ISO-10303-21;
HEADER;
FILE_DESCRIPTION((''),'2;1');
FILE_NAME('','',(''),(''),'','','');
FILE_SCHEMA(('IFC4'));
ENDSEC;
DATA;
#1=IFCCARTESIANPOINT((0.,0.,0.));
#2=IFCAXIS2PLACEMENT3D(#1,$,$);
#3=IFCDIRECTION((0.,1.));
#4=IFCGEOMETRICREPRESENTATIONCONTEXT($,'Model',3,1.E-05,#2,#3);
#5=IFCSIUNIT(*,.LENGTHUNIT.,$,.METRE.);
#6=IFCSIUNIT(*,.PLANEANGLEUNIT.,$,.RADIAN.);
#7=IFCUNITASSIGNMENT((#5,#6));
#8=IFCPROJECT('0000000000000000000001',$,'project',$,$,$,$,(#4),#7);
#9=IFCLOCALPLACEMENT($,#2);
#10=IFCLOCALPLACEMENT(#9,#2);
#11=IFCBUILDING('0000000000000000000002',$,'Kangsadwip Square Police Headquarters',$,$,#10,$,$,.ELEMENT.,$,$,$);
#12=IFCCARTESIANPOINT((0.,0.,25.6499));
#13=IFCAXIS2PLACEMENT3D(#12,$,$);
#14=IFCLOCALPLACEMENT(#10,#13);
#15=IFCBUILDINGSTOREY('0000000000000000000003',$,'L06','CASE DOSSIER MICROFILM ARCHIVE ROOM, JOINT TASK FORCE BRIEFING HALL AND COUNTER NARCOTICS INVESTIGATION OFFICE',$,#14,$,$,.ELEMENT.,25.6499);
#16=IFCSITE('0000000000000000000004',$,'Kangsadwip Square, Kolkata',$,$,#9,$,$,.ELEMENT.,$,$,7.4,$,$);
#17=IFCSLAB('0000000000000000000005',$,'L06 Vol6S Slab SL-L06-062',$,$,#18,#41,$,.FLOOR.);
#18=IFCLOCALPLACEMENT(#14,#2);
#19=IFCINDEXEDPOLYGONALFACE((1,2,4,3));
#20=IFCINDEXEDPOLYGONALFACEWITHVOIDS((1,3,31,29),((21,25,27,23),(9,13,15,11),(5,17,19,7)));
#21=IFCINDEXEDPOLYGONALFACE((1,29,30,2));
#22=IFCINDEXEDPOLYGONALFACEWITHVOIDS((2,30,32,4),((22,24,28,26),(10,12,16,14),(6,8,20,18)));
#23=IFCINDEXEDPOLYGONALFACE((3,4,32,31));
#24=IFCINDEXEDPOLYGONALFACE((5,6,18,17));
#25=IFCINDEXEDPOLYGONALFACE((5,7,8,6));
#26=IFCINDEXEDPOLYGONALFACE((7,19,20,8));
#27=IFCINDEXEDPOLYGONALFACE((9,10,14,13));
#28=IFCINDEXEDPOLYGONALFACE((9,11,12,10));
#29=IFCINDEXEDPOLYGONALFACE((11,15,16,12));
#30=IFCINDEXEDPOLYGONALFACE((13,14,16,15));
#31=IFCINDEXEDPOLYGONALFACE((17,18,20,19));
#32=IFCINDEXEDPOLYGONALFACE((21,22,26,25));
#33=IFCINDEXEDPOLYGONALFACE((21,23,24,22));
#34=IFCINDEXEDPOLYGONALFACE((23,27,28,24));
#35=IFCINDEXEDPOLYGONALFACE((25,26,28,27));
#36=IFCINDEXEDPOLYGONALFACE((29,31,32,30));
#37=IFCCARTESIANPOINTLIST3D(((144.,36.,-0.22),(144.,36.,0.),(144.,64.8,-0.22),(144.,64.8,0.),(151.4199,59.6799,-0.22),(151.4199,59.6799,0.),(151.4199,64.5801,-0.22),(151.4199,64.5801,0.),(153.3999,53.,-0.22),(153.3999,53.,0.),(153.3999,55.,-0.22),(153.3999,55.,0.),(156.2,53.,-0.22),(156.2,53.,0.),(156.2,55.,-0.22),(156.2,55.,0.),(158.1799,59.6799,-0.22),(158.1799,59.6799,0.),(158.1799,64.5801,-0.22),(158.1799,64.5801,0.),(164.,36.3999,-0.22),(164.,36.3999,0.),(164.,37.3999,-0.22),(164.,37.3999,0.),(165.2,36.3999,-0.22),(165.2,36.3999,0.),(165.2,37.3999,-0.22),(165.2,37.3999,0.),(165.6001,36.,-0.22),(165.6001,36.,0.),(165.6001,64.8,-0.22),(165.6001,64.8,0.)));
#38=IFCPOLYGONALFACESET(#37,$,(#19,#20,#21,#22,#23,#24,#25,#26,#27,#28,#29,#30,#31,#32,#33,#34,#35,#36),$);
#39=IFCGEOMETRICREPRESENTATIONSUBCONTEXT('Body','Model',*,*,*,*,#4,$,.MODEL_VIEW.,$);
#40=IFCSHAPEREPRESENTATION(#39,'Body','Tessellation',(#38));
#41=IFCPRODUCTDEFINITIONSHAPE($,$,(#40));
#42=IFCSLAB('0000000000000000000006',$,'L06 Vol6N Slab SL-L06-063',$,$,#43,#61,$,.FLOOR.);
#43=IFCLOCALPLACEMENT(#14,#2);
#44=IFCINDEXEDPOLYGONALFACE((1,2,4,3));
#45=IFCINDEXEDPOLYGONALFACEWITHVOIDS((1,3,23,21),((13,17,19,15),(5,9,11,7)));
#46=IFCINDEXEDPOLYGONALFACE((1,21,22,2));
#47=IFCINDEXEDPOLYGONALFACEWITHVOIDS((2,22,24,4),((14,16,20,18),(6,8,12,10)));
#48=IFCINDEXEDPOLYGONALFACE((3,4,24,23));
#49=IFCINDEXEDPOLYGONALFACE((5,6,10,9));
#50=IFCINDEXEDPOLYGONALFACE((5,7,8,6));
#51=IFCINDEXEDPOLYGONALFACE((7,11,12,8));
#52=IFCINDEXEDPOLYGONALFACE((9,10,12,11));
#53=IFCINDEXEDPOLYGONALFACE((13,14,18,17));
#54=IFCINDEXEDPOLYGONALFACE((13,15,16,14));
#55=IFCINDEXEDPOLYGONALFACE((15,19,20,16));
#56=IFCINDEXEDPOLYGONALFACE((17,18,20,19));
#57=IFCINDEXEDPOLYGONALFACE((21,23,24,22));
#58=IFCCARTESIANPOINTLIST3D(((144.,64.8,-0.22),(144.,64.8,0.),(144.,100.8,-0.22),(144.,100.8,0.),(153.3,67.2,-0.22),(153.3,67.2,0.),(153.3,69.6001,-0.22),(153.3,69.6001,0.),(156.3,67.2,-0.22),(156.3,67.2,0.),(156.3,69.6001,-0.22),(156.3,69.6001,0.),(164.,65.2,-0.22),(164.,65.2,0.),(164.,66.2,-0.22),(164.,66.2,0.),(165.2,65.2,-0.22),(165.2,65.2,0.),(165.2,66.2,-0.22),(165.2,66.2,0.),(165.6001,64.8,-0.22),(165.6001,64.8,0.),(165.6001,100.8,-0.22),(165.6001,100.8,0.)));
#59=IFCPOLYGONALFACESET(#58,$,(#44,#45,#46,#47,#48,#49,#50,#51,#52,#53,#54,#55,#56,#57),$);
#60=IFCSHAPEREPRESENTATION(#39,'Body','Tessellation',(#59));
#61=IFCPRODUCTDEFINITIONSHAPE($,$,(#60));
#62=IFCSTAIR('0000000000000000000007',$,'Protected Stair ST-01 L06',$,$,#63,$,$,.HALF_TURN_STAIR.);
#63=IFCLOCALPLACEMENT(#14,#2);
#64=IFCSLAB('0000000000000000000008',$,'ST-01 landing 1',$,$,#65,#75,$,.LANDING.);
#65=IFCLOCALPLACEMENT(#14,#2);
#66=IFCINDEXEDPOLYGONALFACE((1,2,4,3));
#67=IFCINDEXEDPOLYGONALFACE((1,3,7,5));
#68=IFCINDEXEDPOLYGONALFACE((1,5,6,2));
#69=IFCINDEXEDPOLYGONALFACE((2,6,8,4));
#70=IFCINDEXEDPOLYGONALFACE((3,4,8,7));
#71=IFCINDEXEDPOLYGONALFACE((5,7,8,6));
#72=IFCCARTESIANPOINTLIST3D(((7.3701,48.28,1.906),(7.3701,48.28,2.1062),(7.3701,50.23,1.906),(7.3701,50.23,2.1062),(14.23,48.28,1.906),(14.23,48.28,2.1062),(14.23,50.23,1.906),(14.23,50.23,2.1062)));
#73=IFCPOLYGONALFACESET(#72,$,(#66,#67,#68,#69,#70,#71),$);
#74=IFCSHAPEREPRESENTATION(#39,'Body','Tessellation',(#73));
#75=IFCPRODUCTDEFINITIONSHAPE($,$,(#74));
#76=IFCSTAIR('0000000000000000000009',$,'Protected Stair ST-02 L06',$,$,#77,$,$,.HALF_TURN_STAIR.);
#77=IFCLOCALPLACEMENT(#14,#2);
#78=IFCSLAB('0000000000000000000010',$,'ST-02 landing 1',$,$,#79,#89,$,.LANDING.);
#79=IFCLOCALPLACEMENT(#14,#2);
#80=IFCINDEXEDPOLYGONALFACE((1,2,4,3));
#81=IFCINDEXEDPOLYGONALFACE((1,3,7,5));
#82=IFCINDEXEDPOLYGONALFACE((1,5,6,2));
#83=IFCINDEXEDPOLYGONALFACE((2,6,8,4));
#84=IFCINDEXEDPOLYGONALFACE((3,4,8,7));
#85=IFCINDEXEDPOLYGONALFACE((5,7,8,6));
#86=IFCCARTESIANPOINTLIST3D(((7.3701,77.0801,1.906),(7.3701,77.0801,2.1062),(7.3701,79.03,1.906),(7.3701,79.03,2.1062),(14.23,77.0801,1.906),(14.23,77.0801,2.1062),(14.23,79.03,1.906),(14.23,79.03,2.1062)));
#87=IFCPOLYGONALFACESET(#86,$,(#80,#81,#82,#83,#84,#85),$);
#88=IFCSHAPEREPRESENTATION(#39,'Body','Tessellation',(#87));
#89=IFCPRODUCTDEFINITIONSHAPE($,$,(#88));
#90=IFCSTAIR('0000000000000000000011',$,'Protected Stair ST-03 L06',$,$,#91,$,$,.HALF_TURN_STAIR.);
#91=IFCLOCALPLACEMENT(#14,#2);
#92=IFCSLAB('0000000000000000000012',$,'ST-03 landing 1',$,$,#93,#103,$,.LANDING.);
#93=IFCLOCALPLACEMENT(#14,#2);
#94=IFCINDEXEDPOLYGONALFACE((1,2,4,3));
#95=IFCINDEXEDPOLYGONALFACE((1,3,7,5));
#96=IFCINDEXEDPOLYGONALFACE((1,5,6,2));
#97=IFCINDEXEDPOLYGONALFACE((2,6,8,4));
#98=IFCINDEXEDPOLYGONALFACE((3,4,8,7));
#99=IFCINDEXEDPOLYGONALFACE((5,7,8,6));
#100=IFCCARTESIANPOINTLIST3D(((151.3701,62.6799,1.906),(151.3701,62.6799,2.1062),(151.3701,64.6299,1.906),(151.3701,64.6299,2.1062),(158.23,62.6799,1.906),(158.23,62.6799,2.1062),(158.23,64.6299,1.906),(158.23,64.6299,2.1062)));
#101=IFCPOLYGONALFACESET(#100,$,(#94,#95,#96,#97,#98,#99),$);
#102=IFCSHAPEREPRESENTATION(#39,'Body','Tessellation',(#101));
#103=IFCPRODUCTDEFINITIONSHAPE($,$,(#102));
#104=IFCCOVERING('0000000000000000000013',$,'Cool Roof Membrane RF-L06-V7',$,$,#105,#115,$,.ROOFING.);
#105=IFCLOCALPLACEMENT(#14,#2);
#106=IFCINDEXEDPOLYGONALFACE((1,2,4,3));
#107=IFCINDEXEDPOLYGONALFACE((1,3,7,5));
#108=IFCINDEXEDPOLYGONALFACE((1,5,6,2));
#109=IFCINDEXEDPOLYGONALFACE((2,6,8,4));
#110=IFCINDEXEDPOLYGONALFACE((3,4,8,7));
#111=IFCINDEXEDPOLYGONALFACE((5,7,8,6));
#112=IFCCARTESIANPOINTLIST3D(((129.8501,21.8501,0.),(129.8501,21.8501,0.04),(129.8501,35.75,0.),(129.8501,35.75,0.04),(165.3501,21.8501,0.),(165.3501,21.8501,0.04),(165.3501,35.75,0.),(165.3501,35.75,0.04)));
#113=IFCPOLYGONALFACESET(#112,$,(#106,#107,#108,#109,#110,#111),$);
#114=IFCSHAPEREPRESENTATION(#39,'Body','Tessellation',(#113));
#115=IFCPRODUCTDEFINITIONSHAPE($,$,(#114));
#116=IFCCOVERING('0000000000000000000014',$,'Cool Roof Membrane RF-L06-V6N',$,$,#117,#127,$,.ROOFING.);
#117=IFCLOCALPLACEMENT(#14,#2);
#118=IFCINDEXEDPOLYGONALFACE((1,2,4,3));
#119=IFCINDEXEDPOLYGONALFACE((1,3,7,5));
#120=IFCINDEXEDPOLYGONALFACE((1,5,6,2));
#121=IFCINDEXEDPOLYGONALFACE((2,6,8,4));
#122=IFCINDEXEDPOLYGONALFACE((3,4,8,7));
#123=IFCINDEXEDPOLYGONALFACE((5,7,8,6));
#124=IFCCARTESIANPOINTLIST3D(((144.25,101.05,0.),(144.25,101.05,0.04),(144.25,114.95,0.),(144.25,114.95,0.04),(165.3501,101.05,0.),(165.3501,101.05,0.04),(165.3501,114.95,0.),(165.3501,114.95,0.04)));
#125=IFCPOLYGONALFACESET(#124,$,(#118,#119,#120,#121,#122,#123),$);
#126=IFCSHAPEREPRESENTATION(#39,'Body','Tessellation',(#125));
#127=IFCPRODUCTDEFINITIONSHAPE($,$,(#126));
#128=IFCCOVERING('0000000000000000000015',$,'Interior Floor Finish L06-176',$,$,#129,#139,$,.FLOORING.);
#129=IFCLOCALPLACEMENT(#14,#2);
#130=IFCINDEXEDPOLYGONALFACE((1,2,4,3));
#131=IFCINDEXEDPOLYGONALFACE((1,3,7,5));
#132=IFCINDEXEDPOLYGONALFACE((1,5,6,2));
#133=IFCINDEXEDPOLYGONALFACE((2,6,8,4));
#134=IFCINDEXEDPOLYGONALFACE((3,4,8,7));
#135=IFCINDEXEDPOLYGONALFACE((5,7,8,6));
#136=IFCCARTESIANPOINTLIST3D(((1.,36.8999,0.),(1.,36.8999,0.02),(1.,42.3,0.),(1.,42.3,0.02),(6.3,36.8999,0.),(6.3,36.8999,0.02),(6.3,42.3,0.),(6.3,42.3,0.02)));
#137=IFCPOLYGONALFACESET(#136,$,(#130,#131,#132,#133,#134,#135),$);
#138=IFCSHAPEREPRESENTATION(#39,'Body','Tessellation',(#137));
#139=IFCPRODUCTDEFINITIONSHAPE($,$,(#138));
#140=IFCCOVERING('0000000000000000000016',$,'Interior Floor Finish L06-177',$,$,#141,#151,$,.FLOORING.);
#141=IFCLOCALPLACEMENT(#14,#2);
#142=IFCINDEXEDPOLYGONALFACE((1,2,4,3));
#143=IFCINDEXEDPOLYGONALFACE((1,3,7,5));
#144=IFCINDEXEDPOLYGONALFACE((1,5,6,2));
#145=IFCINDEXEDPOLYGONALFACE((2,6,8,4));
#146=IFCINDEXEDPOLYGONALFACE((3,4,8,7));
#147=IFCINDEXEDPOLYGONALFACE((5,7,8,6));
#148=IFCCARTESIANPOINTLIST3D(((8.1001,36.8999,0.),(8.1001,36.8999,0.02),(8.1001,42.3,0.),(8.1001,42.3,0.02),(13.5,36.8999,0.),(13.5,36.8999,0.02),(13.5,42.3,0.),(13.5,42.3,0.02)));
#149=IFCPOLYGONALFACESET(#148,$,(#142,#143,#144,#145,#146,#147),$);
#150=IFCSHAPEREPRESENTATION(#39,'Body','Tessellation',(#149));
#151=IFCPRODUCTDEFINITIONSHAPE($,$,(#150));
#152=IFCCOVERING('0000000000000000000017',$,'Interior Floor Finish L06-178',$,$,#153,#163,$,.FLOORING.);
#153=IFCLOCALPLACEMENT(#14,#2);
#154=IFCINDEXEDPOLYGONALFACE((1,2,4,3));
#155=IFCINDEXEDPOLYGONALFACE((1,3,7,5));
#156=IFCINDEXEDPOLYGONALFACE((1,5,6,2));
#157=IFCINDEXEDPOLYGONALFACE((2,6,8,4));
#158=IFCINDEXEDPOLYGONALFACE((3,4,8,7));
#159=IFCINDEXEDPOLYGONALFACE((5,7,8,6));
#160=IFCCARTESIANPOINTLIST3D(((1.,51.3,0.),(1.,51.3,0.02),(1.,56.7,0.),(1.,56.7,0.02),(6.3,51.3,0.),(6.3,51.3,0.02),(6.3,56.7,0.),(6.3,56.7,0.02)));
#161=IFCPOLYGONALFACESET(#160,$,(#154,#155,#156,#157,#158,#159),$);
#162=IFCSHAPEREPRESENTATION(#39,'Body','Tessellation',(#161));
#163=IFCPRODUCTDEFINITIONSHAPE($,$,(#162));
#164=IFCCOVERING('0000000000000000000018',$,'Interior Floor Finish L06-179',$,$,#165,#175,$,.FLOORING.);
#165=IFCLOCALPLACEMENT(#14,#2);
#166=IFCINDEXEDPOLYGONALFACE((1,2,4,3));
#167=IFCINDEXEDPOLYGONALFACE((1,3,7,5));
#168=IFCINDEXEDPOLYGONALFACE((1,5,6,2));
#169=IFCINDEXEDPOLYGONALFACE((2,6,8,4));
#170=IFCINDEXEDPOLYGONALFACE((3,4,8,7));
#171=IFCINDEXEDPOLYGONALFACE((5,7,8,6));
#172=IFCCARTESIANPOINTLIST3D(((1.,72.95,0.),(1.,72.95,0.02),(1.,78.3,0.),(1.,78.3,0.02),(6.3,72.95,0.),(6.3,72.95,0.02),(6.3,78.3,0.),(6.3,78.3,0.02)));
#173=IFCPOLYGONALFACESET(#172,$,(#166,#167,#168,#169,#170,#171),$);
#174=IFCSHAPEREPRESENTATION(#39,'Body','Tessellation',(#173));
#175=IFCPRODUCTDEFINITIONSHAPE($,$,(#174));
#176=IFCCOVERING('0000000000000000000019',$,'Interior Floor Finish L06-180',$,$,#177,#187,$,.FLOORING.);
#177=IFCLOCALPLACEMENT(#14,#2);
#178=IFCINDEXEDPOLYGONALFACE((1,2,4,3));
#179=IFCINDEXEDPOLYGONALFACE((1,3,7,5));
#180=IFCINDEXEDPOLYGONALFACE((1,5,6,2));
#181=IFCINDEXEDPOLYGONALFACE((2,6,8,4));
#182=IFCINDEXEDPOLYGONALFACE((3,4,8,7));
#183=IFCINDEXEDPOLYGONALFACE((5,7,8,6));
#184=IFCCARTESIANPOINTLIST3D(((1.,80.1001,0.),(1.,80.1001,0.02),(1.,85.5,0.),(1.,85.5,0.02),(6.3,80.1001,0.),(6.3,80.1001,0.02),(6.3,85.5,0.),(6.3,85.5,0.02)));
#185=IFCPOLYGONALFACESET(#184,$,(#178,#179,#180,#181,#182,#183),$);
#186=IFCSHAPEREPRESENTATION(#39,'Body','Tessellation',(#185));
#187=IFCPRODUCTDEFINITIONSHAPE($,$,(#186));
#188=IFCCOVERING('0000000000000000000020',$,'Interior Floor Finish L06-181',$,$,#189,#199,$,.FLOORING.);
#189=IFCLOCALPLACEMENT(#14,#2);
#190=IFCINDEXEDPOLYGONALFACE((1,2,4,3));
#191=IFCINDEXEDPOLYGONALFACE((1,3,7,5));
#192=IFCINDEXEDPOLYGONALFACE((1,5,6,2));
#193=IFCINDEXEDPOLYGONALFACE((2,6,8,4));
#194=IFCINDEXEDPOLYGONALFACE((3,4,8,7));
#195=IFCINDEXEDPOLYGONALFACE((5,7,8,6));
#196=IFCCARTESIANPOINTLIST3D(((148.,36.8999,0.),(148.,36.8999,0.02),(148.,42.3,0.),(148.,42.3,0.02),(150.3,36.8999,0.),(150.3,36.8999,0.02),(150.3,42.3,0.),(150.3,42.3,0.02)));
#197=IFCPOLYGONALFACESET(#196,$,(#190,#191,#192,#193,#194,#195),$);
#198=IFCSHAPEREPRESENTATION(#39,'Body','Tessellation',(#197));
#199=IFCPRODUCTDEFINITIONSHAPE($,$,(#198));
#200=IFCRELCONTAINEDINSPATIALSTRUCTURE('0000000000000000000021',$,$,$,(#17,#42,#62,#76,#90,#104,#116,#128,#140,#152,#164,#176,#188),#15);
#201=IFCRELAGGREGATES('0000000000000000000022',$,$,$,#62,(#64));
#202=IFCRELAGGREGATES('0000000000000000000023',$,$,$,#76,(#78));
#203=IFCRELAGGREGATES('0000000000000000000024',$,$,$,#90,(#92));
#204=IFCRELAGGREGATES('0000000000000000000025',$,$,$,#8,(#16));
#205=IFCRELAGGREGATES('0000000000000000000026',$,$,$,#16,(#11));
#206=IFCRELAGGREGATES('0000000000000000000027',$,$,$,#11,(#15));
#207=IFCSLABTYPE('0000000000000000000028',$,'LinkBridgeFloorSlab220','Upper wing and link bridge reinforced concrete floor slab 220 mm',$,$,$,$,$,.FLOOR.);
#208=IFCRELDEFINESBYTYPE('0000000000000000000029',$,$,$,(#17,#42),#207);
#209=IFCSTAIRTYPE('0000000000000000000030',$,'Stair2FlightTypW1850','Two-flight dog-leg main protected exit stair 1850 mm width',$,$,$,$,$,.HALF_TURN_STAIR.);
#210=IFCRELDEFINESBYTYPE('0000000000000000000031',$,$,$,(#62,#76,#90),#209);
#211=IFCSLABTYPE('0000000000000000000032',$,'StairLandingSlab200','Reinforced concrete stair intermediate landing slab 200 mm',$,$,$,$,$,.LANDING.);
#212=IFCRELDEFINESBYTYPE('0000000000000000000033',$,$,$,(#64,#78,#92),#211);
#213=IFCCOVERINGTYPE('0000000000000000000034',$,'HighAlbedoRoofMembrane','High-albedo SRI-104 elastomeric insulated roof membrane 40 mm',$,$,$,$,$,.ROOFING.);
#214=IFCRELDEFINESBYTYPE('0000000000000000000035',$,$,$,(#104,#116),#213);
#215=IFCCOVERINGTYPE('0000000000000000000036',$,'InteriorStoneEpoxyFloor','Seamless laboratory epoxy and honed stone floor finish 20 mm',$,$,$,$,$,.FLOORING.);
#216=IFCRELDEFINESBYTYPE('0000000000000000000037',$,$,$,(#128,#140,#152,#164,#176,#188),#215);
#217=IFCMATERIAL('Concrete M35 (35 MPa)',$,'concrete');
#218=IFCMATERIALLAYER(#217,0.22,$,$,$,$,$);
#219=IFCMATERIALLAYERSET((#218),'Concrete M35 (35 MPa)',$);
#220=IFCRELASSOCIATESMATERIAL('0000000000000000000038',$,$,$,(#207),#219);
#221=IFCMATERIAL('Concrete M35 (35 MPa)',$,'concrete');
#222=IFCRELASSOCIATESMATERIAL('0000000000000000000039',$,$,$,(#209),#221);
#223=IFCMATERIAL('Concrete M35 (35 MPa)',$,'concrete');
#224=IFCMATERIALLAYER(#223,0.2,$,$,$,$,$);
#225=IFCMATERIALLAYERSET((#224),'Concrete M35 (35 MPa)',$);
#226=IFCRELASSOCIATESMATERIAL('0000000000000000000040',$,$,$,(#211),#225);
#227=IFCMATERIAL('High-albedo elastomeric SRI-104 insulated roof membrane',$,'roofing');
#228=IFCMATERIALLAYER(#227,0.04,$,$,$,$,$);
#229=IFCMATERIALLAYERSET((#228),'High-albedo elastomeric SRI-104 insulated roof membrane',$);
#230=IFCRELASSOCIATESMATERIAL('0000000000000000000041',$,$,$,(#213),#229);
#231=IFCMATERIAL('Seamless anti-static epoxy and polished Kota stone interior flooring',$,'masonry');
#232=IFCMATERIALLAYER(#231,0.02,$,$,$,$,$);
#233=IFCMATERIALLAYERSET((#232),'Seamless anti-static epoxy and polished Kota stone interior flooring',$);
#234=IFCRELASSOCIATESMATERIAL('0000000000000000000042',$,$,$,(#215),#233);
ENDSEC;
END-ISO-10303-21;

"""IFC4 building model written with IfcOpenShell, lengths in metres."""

from ifc_helpers import new_model, si_unit, direction, frame, origin, place, context, subcontext, project, spatial, polyline, outline, extrude, material, layer, layer_set, type_object, element, aggregate, save


model = new_model("IFC4")

# Units and contexts
model_context = context("Model", 3, precision=1e-05, world=origin(), true_north=direction((0.0, 1.0)))
body_context = subcontext(model_context, "Body", "Model", "MODEL_VIEW")
ifc_project = project(units=[si_unit("LENGTHUNIT", "METRE"), si_unit("PLANEANGLEUNIT", "RADIAN")], contexts=[model_context])

# Site, building, storey
site_placement = place(None, origin())
site = spatial("IfcSite", under=ifc_project, at=site_placement, Name="Kangsadwip Square, Kolkata", CompositionType="ELEMENT", RefElevation=7.4)
building_placement = place(site_placement, origin())
building = spatial("IfcBuilding", under=site, at=building_placement, Name="Kangsadwip Square Police Headquarters", CompositionType="ELEMENT")
storey_placement = place(building_placement, frame((0.0, 0.0, 25.6499)))
storey = spatial("IfcBuildingStorey", under=building, at=storey_placement, Name="L06", Description="CASE DOSSIER MICROFILM ARCHIVE ROOM, JOINT TASK FORCE BRIEFING HALL AND COUNTER NARCOTICS INVESTIGATION OFFICE", CompositionType="ELEMENT", Elevation=25.6499)

# Slabs
ifc_material_1 = material(Name="Concrete M35 (35 MPa)", Category="concrete")
ifc_layer_1 = layer(ifc_material_1, 0.22)
ifc_layer_set_1 = layer_set([ifc_layer_1], Name="Concrete M35 (35 MPa)")
slab_type_1 = type_object("IfcSlabType", Name="LinkBridgeFloorSlab220", Description="Upper wing and link bridge reinforced concrete floor slab 220 mm", PredefinedType="FLOOR", material=ifc_layer_set_1)
slab_1_placement = place(storey_placement, frame((0.0, 0.0, -0.22)))
element("IfcSlab", 1, at=slab_1_placement, inside=storey, type_object=slab_type_1, Name="L06 Vol6S Slab SL-L06-062", PredefinedType="FLOOR", context=body_context, shape_type="SweptSolid", body=[
    extrude(outline(polyline([(144.0, 36.0), (144.0, 64.8), (165.6001, 64.8), (165.6001, 36.0), (144.0, 36.0)]), holes=[polyline([(165.2, 37.3999), (164.0, 37.3999), (164.0, 36.3999), (165.2, 36.3999), (165.2, 37.3999)]), polyline([(156.2, 55.0), (153.3999, 55.0), (153.3999, 53.0), (156.2, 53.0), (156.2, 55.0)]), polyline([(158.1799, 59.6799), (158.1799, 64.5801), (151.4199, 64.5801), (151.4199, 59.6799), (158.1799, 59.6799)])]), origin(), (0.0, 0.0, 1.0), 0.22),
])
slab_2_placement = place(storey_placement, frame((0.0, 0.0, -0.22)))
element("IfcSlab", 2, at=slab_2_placement, inside=storey, type_object=slab_type_1, Name="L06 Vol6N Slab SL-L06-063", PredefinedType="FLOOR", context=body_context, shape_type="SweptSolid", body=[
    extrude(outline(polyline([(144.0, 64.8), (144.0, 100.8), (165.6001, 100.8), (165.6001, 64.8), (144.0, 64.8)]), holes=[polyline([(165.2, 66.2), (164.0, 66.2), (164.0, 65.2), (165.2, 65.2), (165.2, 66.2)]), polyline([(156.3, 69.6001), (153.3, 69.6001), (153.3, 67.2), (156.3, 67.2), (156.3, 69.6001)])]), origin(), (0.0, 0.0, 1.0), 0.22),
])

# Stairs, slabs
ifc_material_2 = material(Name="Concrete M35 (35 MPa)", Category="concrete")
stair_type = type_object("IfcStairType", Name="Stair2FlightTypW1850", Description="Two-flight dog-leg main protected exit stair 1850 mm width", PredefinedType="HALF_TURN_STAIR", material=ifc_material_2)
stair_1_placement = place(storey_placement, origin())
stair_1 = element("IfcStair", 3, at=stair_1_placement, inside=storey, type_object=stair_type, Name="Protected Stair ST-01 L06", PredefinedType="HALF_TURN_STAIR")
ifc_material_3 = material(Name="Concrete M35 (35 MPa)", Category="concrete")
ifc_layer_2 = layer(ifc_material_3, 0.2)
ifc_layer_set_2 = layer_set([ifc_layer_2], Name="Concrete M35 (35 MPa)")
slab_type_2 = type_object("IfcSlabType", Name="StairLandingSlab200", Description="Reinforced concrete stair intermediate landing slab 200 mm", PredefinedType="LANDING", material=ifc_layer_set_2)
slab_3_placement = place(storey_placement, frame((0.0, 0.0, 1.906)))
slab_3 = element("IfcSlab", 4, at=slab_3_placement, type_object=slab_type_2, Name="ST-01 landing 1", PredefinedType="LANDING", context=body_context, shape_type="SweptSolid", body=[
    extrude(outline(polyline([(7.3701, 48.28), (14.23, 48.28), (14.23, 50.23), (7.3701, 50.23), (7.3701, 48.28)])), origin(), (0.0, 0.0, 1.0), 0.2002),
])
aggregate(stair_1, [slab_3])
stair_2_placement = place(storey_placement, origin())
stair_2 = element("IfcStair", 5, at=stair_2_placement, inside=storey, type_object=stair_type, Name="Protected Stair ST-02 L06", PredefinedType="HALF_TURN_STAIR")
slab_4_placement = place(storey_placement, frame((0.0, 0.0, 1.906)))
slab_4 = element("IfcSlab", 6, at=slab_4_placement, type_object=slab_type_2, Name="ST-02 landing 1", PredefinedType="LANDING", context=body_context, shape_type="SweptSolid", body=[
    extrude(outline(polyline([(7.3701, 77.0801), (14.23, 77.0801), (14.23, 79.03), (7.3701, 79.03), (7.3701, 77.0801)])), origin(), (0.0, 0.0, 1.0), 0.2002),
])
aggregate(stair_2, [slab_4])
stair_3_placement = place(storey_placement, origin())
stair_3 = element("IfcStair", 7, at=stair_3_placement, inside=storey, type_object=stair_type, Name="Protected Stair ST-03 L06", PredefinedType="HALF_TURN_STAIR")
slab_5_placement = place(storey_placement, frame((0.0, 0.0, 1.906)))
slab_5 = element("IfcSlab", 8, at=slab_5_placement, type_object=slab_type_2, Name="ST-03 landing 1", PredefinedType="LANDING", context=body_context, shape_type="SweptSolid", body=[
    extrude(outline(polyline([(151.3701, 62.6799), (158.23, 62.6799), (158.23, 64.6299), (151.3701, 64.6299), (151.3701, 62.6799)])), origin(), (0.0, 0.0, 1.0), 0.2002),
])
aggregate(stair_3, [slab_5])

# Coverings
ifc_material_4 = material(Name="High-albedo elastomeric SRI-104 insulated roof membrane", Category="roofing")
ifc_layer_3 = layer(ifc_material_4, 0.04)
ifc_layer_set_3 = layer_set([ifc_layer_3], Name="High-albedo elastomeric SRI-104 insulated roof membrane")
covering_type_1 = type_object("IfcCoveringType", Name="HighAlbedoRoofMembrane", Description="High-albedo SRI-104 elastomeric insulated roof membrane 40 mm", PredefinedType="ROOFING", material=ifc_layer_set_3)
covering_1_placement = place(storey_placement, origin())
element("IfcCovering", 9, at=covering_1_placement, inside=storey, type_object=covering_type_1, Name="Cool Roof Membrane RF-L06-V7", PredefinedType="ROOFING", context=body_context, shape_type="SweptSolid", body=[
    extrude(outline(polyline([(129.8501, 21.8501), (165.3501, 21.8501), (165.3501, 35.75), (129.8501, 35.75), (129.8501, 21.8501)])), origin(), (0.0, 0.0, 1.0), 0.04),
])
covering_2_placement = place(storey_placement, origin())
element("IfcCovering", 10, at=covering_2_placement, inside=storey, type_object=covering_type_1, Name="Cool Roof Membrane RF-L06-V6N", PredefinedType="ROOFING", context=body_context, shape_type="SweptSolid", body=[
    extrude(outline(polyline([(144.25, 101.05), (165.3501, 101.05), (165.3501, 114.95), (144.25, 114.95), (144.25, 101.05)])), origin(), (0.0, 0.0, 1.0), 0.04),
])
ifc_material_5 = material(Name="Seamless anti-static epoxy and polished Kota stone interior flooring", Category="masonry")
ifc_layer_4 = layer(ifc_material_5, 0.02)
ifc_layer_set_4 = layer_set([ifc_layer_4], Name="Seamless anti-static epoxy and polished Kota stone interior flooring")
covering_type_2 = type_object("IfcCoveringType", Name="InteriorStoneEpoxyFloor", Description="Seamless laboratory epoxy and honed stone floor finish 20 mm", PredefinedType="FLOORING", material=ifc_layer_set_4)
covering_3_placement = place(storey_placement, origin())
element("IfcCovering", 11, at=covering_3_placement, inside=storey, type_object=covering_type_2, Name="Interior Floor Finish L06-176", PredefinedType="FLOORING", context=body_context, shape_type="SweptSolid", body=[
    extrude(outline(polyline([(1.0, 36.8999), (6.3, 36.8999), (6.3, 42.3), (1.0, 42.3), (1.0, 36.8999)])), origin(), (0.0, 0.0, 1.0), 0.02),
])
covering_4_placement = place(storey_placement, origin())
element("IfcCovering", 12, at=covering_4_placement, inside=storey, type_object=covering_type_2, Name="Interior Floor Finish L06-177", PredefinedType="FLOORING", context=body_context, shape_type="SweptSolid", body=[
    extrude(outline(polyline([(8.1001, 36.8999), (13.5, 36.8999), (13.5, 42.3), (8.1001, 42.3), (8.1001, 36.8999)])), origin(), (0.0, 0.0, 1.0), 0.02),
])
covering_5_placement = place(storey_placement, origin())
element("IfcCovering", 13, at=covering_5_placement, inside=storey, type_object=covering_type_2, Name="Interior Floor Finish L06-178", PredefinedType="FLOORING", context=body_context, shape_type="SweptSolid", body=[
    extrude(outline(polyline([(1.0, 51.3), (6.3, 51.3), (6.3, 56.7), (1.0, 56.7), (1.0, 51.3)])), origin(), (0.0, 0.0, 1.0), 0.02),
])
covering_6_placement = place(storey_placement, origin())
element("IfcCovering", 14, at=covering_6_placement, inside=storey, type_object=covering_type_2, Name="Interior Floor Finish L06-179", PredefinedType="FLOORING", context=body_context, shape_type="SweptSolid", body=[
    extrude(outline(polyline([(1.0, 72.95), (6.3, 72.95), (6.3, 78.3), (1.0, 78.3), (1.0, 72.95)])), origin(), (0.0, 0.0, 1.0), 0.02),
])
covering_7_placement = place(storey_placement, origin())
element("IfcCovering", 15, at=covering_7_placement, inside=storey, type_object=covering_type_2, Name="Interior Floor Finish L06-180", PredefinedType="FLOORING", context=body_context, shape_type="SweptSolid", body=[
    extrude(outline(polyline([(1.0, 80.1001), (6.3, 80.1001), (6.3, 85.5), (1.0, 85.5), (1.0, 80.1001)])), origin(), (0.0, 0.0, 1.0), 0.02),
])
covering_8_placement = place(storey_placement, origin())
element("IfcCovering", 16, at=covering_8_placement, inside=storey, type_object=covering_type_2, Name="Interior Floor Finish L06-181", PredefinedType="FLOORING", context=body_context, shape_type="SweptSolid", body=[
    extrude(outline(polyline([(148.0, 36.8999), (150.3, 36.8999), (150.3, 42.3), (148.0, 42.3), (148.0, 36.8999)])), origin(), (0.0, 0.0, 1.0), 0.02),
])

save(model, "model.ifc")
